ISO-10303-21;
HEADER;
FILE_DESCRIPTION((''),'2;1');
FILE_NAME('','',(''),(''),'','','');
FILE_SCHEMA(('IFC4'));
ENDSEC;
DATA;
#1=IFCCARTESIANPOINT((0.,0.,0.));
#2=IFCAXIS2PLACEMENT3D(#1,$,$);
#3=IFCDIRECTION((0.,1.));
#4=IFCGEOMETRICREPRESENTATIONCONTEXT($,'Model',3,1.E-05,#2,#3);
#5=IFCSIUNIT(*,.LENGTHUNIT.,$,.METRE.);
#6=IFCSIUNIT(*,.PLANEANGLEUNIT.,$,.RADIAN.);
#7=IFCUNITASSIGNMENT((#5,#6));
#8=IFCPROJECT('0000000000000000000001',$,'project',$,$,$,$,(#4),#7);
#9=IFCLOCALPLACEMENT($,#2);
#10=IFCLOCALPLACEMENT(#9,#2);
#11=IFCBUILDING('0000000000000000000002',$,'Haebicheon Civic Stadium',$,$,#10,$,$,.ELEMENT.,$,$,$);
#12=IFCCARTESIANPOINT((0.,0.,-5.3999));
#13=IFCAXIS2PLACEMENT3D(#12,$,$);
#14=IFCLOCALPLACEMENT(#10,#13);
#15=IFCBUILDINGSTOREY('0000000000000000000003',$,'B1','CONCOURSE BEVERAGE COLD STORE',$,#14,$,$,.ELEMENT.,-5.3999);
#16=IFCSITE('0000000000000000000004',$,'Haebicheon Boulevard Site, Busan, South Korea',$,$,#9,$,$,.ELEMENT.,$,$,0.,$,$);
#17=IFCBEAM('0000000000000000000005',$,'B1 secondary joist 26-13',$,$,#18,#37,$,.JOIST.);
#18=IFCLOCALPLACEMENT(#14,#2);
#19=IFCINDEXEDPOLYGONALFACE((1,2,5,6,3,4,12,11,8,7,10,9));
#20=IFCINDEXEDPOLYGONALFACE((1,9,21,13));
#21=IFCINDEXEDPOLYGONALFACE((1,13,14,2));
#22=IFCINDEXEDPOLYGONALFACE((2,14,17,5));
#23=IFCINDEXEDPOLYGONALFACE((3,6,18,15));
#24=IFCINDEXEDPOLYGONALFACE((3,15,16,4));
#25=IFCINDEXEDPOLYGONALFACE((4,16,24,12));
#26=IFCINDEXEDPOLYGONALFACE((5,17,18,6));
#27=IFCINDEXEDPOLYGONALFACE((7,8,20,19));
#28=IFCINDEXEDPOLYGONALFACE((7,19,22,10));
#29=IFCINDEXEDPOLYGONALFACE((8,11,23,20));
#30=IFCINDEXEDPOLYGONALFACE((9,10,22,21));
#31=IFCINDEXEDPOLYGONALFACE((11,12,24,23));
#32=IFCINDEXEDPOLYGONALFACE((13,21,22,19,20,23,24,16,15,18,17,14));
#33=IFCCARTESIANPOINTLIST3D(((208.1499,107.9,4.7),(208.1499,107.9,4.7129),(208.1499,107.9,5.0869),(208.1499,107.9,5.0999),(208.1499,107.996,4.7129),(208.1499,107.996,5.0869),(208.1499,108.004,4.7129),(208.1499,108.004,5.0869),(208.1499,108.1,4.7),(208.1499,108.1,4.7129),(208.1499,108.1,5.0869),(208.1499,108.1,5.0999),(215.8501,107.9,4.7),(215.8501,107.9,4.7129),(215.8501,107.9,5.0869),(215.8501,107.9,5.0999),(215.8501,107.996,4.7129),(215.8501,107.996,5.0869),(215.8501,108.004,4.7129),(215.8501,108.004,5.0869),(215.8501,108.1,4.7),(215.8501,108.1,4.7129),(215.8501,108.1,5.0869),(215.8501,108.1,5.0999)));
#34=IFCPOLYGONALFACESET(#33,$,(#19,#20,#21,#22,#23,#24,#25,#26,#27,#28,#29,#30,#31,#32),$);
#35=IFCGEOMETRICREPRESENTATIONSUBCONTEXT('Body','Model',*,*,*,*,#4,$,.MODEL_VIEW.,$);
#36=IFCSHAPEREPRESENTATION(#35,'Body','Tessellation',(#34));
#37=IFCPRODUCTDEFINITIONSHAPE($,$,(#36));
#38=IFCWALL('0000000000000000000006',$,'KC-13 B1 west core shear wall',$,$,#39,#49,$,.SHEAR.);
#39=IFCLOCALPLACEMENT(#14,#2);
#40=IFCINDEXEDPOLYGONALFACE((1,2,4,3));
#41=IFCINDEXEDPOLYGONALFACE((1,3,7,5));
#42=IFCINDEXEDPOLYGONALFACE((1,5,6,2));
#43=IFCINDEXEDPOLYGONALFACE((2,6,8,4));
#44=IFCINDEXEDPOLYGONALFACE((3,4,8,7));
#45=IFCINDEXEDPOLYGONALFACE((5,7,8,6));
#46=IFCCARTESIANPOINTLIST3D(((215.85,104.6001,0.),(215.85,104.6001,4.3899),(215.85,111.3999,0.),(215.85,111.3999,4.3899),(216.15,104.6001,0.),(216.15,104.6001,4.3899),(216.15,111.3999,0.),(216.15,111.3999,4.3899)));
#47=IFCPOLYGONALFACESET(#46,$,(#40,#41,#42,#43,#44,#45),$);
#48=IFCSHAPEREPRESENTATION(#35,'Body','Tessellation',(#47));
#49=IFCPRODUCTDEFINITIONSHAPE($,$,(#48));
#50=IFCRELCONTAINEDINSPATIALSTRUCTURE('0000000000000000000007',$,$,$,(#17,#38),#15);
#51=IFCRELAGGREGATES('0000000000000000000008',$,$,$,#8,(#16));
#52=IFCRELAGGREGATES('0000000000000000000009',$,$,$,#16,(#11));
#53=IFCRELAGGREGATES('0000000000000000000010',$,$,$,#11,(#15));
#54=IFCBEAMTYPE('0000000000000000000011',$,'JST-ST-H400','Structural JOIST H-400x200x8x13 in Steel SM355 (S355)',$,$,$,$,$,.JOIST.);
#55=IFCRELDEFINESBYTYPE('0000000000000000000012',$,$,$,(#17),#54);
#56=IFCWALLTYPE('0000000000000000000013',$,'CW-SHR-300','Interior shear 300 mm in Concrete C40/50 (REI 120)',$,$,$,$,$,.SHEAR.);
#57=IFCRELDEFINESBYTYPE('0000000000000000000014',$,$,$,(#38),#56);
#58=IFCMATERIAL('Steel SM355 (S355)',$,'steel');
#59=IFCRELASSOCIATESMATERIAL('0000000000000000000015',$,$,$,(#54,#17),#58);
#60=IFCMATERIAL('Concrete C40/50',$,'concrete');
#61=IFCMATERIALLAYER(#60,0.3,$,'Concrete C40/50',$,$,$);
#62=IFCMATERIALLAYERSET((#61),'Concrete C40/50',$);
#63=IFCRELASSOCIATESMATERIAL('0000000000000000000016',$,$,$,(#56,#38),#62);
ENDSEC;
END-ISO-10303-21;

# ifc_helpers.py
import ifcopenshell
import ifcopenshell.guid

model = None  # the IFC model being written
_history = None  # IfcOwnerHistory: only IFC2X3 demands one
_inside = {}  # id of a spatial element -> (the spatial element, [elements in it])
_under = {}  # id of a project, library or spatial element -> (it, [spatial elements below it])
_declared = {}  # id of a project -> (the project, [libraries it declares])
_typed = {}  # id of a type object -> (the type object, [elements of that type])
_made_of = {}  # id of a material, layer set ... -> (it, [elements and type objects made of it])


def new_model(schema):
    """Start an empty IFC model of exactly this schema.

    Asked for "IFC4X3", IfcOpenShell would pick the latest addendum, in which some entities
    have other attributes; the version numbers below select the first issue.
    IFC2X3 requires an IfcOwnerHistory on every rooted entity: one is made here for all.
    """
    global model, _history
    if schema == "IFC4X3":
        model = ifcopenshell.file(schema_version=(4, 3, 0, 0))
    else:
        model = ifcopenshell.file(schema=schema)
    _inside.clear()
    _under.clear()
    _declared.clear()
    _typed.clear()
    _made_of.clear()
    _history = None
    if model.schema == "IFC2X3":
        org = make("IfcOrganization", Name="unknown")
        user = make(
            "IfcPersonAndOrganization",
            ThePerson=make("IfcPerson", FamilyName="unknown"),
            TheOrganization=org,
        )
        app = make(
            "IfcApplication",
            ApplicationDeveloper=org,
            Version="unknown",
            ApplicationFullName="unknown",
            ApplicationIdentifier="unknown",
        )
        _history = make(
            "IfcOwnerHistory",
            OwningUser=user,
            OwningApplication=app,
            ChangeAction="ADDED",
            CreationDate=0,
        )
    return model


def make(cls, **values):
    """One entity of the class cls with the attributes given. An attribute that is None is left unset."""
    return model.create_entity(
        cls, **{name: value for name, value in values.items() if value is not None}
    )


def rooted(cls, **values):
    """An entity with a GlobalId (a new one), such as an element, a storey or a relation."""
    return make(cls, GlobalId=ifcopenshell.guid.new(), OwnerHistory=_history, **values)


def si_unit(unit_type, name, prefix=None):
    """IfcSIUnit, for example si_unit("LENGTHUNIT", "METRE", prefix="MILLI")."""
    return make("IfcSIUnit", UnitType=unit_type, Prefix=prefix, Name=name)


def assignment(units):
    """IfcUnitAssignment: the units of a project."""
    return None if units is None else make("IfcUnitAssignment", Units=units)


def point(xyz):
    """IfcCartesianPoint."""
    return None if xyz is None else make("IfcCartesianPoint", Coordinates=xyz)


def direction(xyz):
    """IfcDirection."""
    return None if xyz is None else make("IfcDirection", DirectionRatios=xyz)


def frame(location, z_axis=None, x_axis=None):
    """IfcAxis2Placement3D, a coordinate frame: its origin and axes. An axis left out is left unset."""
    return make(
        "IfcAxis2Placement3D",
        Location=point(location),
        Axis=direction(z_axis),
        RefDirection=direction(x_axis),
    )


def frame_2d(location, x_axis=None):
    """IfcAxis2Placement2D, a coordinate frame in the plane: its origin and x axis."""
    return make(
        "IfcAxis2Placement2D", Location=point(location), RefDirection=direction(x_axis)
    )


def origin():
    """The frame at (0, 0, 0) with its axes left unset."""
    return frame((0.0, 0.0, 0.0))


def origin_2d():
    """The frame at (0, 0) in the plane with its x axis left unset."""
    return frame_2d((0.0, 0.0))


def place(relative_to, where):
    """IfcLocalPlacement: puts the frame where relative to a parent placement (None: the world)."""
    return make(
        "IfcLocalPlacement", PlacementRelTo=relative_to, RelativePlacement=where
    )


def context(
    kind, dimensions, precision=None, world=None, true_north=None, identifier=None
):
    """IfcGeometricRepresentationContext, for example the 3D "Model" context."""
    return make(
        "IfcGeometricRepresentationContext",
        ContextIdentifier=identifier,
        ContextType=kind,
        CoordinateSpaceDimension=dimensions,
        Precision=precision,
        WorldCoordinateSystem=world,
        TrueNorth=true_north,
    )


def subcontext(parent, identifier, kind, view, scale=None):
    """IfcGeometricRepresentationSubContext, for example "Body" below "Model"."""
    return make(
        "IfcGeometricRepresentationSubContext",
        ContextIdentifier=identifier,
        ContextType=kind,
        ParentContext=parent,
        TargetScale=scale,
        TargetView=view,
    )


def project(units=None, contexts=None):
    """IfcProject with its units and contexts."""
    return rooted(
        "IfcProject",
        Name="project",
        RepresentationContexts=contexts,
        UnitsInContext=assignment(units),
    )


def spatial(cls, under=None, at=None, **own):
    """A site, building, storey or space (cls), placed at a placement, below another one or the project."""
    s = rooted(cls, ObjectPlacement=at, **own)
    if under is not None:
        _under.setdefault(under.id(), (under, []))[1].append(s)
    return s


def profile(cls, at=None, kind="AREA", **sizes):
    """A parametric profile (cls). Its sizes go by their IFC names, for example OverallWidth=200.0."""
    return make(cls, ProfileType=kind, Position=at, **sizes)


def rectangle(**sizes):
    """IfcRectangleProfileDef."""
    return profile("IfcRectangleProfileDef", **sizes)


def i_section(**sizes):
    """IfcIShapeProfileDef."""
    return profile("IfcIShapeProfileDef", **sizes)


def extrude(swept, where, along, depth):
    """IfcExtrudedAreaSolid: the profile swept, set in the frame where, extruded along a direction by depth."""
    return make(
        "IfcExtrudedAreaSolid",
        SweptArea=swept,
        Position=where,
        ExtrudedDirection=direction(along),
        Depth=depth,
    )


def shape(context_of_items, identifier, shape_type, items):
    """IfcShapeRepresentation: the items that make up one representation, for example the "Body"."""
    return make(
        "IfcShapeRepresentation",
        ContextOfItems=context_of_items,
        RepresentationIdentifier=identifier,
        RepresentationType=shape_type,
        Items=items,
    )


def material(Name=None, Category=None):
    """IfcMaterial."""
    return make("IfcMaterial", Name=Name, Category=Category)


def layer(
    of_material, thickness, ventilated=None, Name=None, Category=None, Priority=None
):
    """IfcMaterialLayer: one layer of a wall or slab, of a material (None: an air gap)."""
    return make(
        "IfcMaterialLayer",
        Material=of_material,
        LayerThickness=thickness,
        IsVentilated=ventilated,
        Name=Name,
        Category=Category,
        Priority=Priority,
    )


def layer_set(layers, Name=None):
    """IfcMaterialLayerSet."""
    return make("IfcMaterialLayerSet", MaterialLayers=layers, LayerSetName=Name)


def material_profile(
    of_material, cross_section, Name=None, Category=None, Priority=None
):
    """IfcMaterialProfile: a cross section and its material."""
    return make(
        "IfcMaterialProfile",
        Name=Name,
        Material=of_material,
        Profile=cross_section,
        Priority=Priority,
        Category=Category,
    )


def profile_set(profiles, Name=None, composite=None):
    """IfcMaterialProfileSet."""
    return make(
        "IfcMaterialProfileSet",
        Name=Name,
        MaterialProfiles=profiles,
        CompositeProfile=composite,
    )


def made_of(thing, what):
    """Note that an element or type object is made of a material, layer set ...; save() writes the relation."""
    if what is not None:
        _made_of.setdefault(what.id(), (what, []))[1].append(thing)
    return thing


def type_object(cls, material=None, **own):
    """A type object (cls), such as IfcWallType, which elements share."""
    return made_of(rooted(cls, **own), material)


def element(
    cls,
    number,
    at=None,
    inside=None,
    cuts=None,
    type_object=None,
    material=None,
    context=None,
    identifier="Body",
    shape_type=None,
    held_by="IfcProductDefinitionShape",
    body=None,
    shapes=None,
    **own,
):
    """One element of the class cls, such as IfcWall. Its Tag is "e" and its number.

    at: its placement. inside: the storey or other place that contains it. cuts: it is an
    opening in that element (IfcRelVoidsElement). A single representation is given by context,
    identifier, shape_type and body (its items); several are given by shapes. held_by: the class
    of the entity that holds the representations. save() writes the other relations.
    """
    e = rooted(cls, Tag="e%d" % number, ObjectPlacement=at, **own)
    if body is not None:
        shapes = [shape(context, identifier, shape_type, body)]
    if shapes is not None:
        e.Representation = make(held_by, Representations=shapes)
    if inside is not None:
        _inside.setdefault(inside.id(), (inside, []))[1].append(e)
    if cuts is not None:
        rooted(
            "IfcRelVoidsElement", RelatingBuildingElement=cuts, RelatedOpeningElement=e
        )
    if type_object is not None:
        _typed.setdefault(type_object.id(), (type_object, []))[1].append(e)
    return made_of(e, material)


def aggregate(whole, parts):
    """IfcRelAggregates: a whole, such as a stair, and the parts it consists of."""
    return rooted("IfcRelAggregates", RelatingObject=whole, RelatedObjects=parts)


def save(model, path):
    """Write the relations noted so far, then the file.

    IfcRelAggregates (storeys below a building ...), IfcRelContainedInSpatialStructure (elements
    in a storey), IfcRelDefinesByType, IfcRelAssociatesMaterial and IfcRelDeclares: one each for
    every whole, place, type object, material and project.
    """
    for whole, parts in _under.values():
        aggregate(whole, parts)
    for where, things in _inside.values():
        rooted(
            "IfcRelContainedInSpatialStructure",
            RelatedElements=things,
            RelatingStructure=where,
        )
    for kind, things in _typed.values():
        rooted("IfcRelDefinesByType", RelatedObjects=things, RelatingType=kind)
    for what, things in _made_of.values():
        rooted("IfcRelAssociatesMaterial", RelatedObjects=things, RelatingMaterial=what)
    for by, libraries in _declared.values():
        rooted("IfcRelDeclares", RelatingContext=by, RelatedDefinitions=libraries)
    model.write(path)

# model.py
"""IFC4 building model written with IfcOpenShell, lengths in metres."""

from ifc_helpers import new_model, si_unit, direction, frame, frame_2d, origin, origin_2d, place, context, subcontext, project, spatial, rectangle, i_section, extrude, material, layer, layer_set, material_profile, profile_set, type_object, element, save


model = new_model("IFC4")

# Units and contexts
model_context = context("Model", 3, precision=1e-05, world=origin(), true_north=direction((0.0, 1.0)))
body_context = subcontext(model_context, "Body", "Model", "MODEL_VIEW")
ifc_project = project(units=[si_unit("LENGTHUNIT", "METRE"), si_unit("PLANEANGLEUNIT", "RADIAN")], contexts=[model_context])

# Site, building, storey
site_placement = place(None, origin())
site = spatial("IfcSite", under=ifc_project, at=site_placement, Name="Haebicheon Boulevard Site, Busan, South Korea", CompositionType="ELEMENT", RefElevation=0.0)
building_placement = place(site_placement, origin())
building = spatial("IfcBuilding", under=site, at=building_placement, Name="Haebicheon Civic Stadium", CompositionType="ELEMENT")
storey_placement = place(building_placement, frame((0.0, 0.0, -5.3999)))
storey = spatial("IfcBuildingStorey", under=building, at=storey_placement, Name="B1", Description="CONCOURSE BEVERAGE COLD STORE", CompositionType="ELEMENT", Elevation=-5.3999)

# Beam
ifc_material_1 = material(Name="Steel SM355 (S355)", Category="steel")
ifc_material_profile_1 = material_profile(ifc_material_1, i_section(OverallWidth=0.2, OverallDepth=0.3999, WebThickness=0.0081, FlangeThickness=0.0129, at=origin_2d()), Name="H-400x200x8x13")
ifc_profile_set_1 = profile_set([ifc_material_profile_1], Name="Steel SM355 (S355)")
beam_type_1 = type_object("IfcBeamType", Name="JST-ST-H400", Description="Structural JOIST H-400x200x8x13 in Steel SM355 (S355)", PredefinedType="JOIST", material=ifc_profile_set_1)
for number, where, z_axis, x_axis, name in (
    (1, (208.1499, 108.0, 4.8999), (1.0, 0.0, 0.0), (0.0, 1.0, 0.0), "B1 secondary joist 26-13"),
):
    element("IfcBeam", number, at=place(storey_placement, frame(where, z_axis=z_axis, x_axis=x_axis)), inside=storey, type_object=beam_type_1, material=ifc_profile_set_1, Name=name, PredefinedType="JOIST", context=body_context, shape_type="SweptSolid", body=[
        extrude(i_section(OverallWidth=0.2, OverallDepth=0.3999, WebThickness=0.0081, FlangeThickness=0.0129, at=origin_2d()), origin(), (0.0, 0.0, 1.0), 7.7002),
    ])

# Wall
ifc_material_2 = material(Name="Concrete C40/50", Category="concrete")
ifc_layer_1 = layer(ifc_material_2, 0.3, Name="Concrete C40/50")
ifc_layer_set_1 = layer_set([ifc_layer_1], Name="Concrete C40/50")
wall_type = type_object("IfcWallType", Name="CW-SHR-300", Description="Interior shear 300 mm in Concrete C40/50 (REI 120)", PredefinedType="SHEAR", material=ifc_layer_set_1)
wall_placement = place(storey_placement, frame((216.0, 104.6001, 0.0), z_axis=(0.0, 0.0, 1.0), x_axis=(0.0, 1.0, 0.0)))
element("IfcWall", 2, at=wall_placement, inside=storey, type_object=wall_type, material=ifc_layer_set_1, Name="KC-13 B1 west core shear wall", PredefinedType="SHEAR", context=body_context, shape_type="SweptSolid", body=[
    extrude(rectangle(XDim=6.7998, YDim=0.3, at=frame_2d((3.3999, 0.0))), origin(), (0.0, 0.0, 1.0), 4.3899),
])

save(model, "model.ifc")
